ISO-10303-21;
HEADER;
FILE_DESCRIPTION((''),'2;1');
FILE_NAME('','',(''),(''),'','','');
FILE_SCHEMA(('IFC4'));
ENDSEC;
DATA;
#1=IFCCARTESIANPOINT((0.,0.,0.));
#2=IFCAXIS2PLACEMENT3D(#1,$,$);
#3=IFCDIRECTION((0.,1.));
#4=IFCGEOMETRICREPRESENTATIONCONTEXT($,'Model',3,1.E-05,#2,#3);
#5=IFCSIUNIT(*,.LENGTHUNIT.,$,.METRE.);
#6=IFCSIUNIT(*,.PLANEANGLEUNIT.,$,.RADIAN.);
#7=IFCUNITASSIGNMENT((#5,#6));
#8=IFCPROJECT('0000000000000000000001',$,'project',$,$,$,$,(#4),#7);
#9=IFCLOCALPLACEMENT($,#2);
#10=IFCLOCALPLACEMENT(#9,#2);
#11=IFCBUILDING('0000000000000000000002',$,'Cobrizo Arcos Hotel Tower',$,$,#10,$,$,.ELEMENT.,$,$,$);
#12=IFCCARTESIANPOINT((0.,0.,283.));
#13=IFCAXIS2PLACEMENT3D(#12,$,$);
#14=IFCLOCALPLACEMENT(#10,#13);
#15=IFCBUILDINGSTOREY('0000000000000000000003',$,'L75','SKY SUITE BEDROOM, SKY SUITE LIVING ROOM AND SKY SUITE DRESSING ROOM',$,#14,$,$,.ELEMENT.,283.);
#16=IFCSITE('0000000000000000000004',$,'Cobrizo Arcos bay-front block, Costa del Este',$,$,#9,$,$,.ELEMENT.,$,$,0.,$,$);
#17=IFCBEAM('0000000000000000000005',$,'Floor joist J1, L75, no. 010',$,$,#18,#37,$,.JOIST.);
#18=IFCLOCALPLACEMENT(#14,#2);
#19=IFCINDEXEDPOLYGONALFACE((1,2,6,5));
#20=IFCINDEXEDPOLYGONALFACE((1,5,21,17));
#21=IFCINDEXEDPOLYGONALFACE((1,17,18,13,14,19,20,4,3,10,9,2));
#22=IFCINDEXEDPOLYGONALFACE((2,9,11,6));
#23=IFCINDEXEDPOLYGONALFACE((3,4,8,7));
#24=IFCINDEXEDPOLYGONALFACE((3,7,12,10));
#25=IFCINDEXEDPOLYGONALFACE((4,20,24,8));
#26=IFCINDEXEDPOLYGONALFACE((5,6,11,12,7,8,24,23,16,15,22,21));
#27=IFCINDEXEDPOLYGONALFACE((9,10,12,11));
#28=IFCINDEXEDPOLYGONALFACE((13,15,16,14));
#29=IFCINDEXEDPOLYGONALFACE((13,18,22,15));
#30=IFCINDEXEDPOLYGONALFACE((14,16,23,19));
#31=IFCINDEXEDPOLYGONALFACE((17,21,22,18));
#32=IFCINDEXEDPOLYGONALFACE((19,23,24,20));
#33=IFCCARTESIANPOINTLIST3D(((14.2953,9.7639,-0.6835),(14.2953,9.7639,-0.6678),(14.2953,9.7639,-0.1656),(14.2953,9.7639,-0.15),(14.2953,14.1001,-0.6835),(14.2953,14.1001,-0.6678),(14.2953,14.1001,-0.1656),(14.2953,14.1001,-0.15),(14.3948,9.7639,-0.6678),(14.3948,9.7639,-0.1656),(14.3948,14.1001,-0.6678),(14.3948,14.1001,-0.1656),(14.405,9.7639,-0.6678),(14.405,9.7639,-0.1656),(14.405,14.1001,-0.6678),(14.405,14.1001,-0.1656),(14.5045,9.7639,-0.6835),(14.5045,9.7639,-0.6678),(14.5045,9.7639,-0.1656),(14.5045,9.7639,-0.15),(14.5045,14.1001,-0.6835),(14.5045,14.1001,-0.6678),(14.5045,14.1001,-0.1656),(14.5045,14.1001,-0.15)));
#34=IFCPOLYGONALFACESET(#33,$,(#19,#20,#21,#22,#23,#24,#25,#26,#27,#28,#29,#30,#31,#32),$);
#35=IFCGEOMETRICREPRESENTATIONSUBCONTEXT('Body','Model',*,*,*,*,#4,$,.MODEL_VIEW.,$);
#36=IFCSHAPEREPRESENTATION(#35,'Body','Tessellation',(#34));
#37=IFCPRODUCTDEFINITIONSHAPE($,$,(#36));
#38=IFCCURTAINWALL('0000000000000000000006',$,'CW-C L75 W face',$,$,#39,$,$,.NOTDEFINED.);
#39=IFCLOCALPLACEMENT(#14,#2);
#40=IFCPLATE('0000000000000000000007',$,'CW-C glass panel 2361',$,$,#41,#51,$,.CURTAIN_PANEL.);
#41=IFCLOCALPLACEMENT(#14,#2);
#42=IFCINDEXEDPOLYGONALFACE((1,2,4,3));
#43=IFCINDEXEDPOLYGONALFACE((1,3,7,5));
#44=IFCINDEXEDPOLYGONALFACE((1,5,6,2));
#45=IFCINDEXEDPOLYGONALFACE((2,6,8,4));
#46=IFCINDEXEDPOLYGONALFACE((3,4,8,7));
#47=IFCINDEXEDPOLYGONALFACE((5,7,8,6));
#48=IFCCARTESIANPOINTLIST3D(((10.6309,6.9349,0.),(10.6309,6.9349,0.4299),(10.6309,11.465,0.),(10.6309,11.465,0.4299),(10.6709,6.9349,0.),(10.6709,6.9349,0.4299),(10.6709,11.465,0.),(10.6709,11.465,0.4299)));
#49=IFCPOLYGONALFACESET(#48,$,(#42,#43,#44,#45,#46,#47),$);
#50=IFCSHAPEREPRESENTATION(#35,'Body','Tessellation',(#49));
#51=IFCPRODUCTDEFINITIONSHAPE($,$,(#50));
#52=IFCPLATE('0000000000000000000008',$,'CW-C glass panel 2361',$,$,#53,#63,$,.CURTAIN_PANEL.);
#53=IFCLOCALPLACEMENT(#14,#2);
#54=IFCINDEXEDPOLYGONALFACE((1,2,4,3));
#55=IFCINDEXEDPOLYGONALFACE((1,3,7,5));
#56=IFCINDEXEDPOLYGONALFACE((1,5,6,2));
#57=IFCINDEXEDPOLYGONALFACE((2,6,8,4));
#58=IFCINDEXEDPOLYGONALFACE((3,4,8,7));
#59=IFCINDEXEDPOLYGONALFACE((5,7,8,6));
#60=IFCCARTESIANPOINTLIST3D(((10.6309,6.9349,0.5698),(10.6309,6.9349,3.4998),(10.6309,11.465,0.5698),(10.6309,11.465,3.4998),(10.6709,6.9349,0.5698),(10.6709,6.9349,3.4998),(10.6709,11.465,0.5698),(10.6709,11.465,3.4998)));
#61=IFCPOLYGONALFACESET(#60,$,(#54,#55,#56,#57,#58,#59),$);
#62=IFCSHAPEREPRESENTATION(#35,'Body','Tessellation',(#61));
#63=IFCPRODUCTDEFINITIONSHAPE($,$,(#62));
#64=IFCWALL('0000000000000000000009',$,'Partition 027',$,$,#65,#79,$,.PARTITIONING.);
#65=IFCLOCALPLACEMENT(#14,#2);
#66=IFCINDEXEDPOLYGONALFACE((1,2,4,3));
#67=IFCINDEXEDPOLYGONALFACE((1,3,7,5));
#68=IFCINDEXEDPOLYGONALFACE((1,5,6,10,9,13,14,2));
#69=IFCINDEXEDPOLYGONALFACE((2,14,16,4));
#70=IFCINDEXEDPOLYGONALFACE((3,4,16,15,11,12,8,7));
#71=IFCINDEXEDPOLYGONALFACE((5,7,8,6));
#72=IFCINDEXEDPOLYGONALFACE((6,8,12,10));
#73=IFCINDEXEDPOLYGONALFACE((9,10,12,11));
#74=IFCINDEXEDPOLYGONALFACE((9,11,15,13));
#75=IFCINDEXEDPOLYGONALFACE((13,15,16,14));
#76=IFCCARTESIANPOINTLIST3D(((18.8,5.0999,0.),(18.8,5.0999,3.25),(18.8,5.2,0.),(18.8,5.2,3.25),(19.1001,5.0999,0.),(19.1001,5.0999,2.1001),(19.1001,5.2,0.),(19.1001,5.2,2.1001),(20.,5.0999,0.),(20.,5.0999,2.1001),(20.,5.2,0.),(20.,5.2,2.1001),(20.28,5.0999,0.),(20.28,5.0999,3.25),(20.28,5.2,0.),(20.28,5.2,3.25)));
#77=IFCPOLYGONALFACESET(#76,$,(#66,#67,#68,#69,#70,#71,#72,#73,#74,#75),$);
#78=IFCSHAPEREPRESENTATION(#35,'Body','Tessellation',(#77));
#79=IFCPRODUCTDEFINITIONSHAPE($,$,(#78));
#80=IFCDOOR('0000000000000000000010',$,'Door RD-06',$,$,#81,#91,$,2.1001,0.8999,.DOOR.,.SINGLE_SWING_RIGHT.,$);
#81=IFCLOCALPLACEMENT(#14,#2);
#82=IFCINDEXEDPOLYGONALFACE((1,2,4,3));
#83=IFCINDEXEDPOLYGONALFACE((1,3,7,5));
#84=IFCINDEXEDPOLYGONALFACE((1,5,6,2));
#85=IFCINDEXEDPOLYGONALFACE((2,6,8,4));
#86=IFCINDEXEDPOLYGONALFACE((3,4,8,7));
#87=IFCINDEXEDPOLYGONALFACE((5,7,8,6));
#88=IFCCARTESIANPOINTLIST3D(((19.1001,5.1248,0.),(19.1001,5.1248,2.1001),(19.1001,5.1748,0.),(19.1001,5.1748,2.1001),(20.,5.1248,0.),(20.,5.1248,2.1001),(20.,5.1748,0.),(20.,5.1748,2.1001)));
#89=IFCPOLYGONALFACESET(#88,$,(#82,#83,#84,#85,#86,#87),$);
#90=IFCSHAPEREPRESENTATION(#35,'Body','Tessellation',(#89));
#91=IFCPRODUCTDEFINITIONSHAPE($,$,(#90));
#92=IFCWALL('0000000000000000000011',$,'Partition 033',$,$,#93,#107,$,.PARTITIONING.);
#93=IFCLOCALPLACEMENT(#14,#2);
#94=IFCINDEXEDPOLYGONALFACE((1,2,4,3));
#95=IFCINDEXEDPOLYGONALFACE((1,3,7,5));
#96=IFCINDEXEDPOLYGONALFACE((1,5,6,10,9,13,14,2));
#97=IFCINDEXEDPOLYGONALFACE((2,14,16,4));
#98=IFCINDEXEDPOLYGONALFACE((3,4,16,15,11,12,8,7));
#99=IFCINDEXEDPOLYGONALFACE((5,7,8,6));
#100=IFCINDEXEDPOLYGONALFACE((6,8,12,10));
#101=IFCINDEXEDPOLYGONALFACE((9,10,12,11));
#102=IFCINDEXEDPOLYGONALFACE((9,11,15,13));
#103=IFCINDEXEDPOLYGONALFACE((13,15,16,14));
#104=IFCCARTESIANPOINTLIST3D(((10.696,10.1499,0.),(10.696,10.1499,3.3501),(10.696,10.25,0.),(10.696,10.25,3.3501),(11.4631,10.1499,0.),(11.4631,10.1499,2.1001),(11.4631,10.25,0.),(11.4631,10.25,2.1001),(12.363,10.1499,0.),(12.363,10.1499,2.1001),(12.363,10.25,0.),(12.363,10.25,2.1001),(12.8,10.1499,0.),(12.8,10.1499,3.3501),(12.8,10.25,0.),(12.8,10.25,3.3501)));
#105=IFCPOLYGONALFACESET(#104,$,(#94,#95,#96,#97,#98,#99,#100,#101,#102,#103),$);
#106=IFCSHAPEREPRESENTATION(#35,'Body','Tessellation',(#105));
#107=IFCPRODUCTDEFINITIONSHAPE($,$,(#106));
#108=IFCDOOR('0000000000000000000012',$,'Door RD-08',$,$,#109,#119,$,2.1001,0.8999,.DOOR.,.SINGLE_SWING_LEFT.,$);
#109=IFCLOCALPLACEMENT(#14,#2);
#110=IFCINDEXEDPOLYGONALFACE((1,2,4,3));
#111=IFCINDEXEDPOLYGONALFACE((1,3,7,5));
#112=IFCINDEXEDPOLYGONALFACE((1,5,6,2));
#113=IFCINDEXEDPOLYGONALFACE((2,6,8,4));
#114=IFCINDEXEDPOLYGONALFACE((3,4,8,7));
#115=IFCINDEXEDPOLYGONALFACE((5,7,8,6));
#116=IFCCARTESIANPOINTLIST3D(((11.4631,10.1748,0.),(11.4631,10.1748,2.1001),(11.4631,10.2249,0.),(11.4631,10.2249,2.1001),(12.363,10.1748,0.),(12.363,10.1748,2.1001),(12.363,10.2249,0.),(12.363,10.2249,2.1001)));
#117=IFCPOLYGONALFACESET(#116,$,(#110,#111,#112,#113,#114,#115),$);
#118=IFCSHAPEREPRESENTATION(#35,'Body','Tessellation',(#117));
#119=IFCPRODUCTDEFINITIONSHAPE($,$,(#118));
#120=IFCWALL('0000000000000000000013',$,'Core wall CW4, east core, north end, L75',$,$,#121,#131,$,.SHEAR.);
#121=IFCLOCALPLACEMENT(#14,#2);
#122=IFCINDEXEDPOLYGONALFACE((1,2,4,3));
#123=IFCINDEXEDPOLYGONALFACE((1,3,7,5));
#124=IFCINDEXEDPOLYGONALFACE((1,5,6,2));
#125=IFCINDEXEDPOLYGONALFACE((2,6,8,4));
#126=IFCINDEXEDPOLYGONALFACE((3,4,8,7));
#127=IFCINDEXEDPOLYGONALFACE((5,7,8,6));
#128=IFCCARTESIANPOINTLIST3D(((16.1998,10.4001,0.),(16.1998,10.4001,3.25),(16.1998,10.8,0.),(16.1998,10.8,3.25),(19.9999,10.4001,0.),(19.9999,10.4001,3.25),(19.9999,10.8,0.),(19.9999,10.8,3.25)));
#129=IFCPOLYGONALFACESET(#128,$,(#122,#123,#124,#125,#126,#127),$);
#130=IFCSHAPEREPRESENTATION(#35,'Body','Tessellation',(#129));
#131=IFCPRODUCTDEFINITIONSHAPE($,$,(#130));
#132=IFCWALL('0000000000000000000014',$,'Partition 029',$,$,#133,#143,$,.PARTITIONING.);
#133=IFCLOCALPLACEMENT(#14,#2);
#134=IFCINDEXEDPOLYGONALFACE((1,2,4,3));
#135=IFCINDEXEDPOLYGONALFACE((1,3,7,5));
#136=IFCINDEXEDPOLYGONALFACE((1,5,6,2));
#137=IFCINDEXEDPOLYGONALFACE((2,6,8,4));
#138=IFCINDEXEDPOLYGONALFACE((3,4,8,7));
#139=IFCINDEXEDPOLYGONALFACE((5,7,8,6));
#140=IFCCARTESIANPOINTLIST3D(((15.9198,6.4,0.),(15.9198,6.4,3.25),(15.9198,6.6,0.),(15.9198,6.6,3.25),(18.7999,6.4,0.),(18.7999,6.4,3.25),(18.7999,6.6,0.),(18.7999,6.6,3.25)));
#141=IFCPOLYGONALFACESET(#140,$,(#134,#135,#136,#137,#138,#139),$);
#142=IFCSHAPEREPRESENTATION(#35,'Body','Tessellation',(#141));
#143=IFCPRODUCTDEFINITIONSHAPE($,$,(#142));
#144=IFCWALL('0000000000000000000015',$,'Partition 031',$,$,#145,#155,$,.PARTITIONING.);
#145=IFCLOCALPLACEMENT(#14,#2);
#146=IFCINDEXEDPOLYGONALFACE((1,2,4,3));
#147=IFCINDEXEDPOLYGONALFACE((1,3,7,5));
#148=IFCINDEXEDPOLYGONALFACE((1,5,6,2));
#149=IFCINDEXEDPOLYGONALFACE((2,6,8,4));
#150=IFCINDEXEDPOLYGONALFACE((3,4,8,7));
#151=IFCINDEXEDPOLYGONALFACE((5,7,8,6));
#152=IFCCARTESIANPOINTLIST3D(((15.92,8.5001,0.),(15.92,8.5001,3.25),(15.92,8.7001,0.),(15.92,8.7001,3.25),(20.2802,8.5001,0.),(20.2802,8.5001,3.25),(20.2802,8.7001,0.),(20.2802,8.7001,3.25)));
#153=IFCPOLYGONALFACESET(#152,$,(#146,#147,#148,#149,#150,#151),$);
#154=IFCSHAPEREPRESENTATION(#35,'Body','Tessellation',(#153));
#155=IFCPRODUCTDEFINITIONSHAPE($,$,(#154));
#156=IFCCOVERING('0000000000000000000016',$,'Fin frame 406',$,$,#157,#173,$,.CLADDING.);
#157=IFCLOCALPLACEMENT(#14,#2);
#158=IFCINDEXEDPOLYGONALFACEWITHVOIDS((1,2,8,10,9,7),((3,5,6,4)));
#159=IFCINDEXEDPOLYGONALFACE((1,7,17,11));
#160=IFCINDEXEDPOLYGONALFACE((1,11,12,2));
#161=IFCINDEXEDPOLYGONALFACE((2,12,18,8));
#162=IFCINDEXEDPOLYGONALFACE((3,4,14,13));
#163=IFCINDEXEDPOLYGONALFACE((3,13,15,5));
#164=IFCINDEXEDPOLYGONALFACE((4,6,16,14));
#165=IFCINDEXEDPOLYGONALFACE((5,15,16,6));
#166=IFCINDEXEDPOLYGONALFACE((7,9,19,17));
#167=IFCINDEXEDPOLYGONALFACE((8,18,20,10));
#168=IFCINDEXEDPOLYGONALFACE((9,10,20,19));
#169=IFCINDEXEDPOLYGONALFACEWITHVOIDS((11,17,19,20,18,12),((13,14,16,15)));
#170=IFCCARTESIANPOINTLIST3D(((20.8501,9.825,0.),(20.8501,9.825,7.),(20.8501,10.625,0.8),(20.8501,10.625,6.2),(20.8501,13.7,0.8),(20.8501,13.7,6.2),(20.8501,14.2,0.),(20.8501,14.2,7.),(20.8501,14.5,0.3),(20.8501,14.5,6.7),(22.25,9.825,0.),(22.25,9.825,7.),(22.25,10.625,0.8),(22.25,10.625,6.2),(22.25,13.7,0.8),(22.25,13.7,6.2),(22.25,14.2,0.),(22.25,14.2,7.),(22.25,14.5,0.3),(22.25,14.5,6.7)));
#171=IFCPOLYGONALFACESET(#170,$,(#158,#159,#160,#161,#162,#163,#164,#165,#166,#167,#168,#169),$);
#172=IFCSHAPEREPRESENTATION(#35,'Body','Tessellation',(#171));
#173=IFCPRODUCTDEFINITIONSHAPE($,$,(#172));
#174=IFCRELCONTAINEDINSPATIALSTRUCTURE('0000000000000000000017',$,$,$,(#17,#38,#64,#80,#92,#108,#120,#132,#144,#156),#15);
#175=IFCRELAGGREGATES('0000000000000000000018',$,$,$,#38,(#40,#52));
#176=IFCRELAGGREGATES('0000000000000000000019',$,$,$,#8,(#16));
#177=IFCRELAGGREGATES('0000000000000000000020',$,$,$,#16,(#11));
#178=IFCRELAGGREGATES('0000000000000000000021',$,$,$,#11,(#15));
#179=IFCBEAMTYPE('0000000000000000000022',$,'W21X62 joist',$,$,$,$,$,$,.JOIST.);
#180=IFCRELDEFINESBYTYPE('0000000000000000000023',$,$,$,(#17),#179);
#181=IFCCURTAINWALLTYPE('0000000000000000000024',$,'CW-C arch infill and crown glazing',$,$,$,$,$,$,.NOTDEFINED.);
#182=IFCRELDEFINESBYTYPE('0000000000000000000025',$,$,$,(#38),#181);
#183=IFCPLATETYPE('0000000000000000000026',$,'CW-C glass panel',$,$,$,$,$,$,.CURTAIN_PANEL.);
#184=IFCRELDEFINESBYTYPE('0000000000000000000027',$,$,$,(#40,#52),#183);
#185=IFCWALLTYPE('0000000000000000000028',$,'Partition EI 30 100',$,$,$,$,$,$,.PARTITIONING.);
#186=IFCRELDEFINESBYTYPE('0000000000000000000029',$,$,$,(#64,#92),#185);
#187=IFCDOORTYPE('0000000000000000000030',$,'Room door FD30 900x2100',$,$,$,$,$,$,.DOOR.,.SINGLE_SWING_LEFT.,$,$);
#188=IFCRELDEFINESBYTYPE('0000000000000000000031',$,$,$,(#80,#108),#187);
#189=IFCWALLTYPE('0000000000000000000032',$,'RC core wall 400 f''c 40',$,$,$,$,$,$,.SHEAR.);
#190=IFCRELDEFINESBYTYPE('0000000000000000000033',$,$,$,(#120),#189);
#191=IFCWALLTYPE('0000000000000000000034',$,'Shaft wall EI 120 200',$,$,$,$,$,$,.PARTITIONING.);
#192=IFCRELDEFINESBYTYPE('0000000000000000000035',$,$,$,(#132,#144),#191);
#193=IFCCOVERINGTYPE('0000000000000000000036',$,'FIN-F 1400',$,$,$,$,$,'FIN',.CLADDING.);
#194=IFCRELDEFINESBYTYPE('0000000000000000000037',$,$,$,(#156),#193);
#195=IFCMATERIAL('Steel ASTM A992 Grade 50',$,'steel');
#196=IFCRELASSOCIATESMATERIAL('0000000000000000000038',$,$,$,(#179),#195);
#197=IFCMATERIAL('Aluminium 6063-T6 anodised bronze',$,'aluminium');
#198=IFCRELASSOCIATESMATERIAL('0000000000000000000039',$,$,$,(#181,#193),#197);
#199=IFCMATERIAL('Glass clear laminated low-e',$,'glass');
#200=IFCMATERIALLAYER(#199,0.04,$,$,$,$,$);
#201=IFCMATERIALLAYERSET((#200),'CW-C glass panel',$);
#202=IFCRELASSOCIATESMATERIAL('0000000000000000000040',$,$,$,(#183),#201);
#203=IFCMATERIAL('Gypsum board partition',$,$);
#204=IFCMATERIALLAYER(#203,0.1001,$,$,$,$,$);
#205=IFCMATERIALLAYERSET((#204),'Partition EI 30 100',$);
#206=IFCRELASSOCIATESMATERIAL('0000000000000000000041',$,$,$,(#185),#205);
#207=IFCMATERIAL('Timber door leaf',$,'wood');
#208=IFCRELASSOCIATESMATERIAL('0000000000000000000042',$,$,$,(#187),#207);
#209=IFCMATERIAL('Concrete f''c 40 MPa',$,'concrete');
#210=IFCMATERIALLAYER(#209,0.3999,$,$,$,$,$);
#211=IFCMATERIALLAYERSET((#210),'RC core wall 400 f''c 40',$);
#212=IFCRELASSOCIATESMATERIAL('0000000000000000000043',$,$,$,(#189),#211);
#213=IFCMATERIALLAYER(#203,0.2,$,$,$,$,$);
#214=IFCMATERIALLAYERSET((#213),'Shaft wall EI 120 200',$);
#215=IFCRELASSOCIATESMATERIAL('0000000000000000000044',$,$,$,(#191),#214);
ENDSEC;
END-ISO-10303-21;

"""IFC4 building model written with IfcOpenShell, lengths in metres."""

from ifc_helpers import new_model, si_unit, direction, frame, frame_2d, origin, origin_2d, place, context, subcontext, project, spatial, polyline, rectangle, i_section, outline, extrude, material, layer, layer_set, material_profile, profile_set, type_object, element, fill, aggregate, save


model = new_model("IFC4")

# Units and contexts
model_context = context("Model", 3, precision=1e-05, world=origin(), true_north=direction((0.0, 1.0)))
body_context = subcontext(model_context, "Body", "Model", "MODEL_VIEW")
ifc_project = project(units=[si_unit("LENGTHUNIT", "METRE"), si_unit("PLANEANGLEUNIT", "RADIAN")], contexts=[model_context])

# Site, building, storey
site_placement = place(None, origin())
site = spatial("IfcSite", under=ifc_project, at=site_placement, Name="Cobrizo Arcos bay-front block, Costa del Este", CompositionType="ELEMENT", RefElevation=0.0)
building_placement = place(site_placement, origin())
building = spatial("IfcBuilding", under=site, at=building_placement, Name="Cobrizo Arcos Hotel Tower", CompositionType="ELEMENT")
storey_placement = place(building_placement, frame((0.0, 0.0, 283.0)))
storey = spatial("IfcBuildingStorey", under=building, at=storey_placement, Name="L75", Description="SKY SUITE BEDROOM, SKY SUITE LIVING ROOM AND SKY SUITE DRESSING ROOM", CompositionType="ELEMENT", Elevation=283.0)

# Beam
ifc_material_1 = material(Name="Steel ASTM A992 Grade 50", Category="steel")
ifc_material_profile = material_profile(ifc_material_1, i_section(OverallWidth=0.2092, OverallDepth=0.5334, WebThickness=0.0103, FlangeThickness=0.0156, at=origin_2d()), Name="W21X62")
ifc_profile_set = profile_set([ifc_material_profile], Name="Steel ASTM A992 Grade 50")
beam_type = type_object("IfcBeamType", Name="W21X62 joist", PredefinedType="JOIST", material=ifc_profile_set)
beam_placement = place(storey_placement, frame((14.3999, 9.7639, -0.4167), z_axis=(0.0, 1.0, 0.0), x_axis=(-1.0, 0.0, 0.0)))
element("IfcBeam", 1, at=beam_placement, inside=storey, type_object=beam_type, Name="Floor joist J1, L75, no. 010", PredefinedType="JOIST", context=body_context, shape_type="SweptSolid", body=[
    extrude(i_section(OverallWidth=0.2092, OverallDepth=0.5334, WebThickness=0.0103, FlangeThickness=0.0156, at=origin_2d()), origin(), (0.0, 0.0, 1.0), 4.3362),
])

# Curtain wall, plates
ifc_material_2 = material(Name="Aluminium 6063-T6 anodised bronze", Category="aluminium")
curtain_wall_type = type_object("IfcCurtainWallType", Name="CW-C arch infill and crown glazing", PredefinedType="NOTDEFINED", material=ifc_material_2)
curtain_wall_placement = place(storey_placement, origin())
curtain_wall = element("IfcCurtainWall", 2, at=curtain_wall_placement, inside=storey, type_object=curtain_wall_type, Name="CW-C L75 W face", PredefinedType="NOTDEFINED")
ifc_material_3 = material(Name="Glass clear laminated low-e", Category="glass")
ifc_layer_1 = layer(ifc_material_3, 0.04)
ifc_layer_set_1 = layer_set([ifc_layer_1], Name="CW-C glass panel")
plate_type = type_object("IfcPlateType", Name="CW-C glass panel", PredefinedType="CURTAIN_PANEL", material=ifc_layer_set_1)
plate_1_placement = place(storey_placement, frame((10.6509, 9.2, 0.0), z_axis=(0.0, 0.0, 1.0), x_axis=(0.0, -1.0, 0.0)))
plate_1 = element("IfcPlate", 3, at=plate_1_placement, type_object=plate_type, Name="CW-C glass panel 2361", PredefinedType="CURTAIN_PANEL", context=body_context, shape_type="SweptSolid", body=[
    extrude(rectangle(XDim=4.53, YDim=0.04, at=origin_2d()), origin(), (0.0, 0.0, 1.0), 0.4299),
])
plate_2_placement = place(storey_placement, frame((10.6509, 9.2, 0.5698), z_axis=(0.0, 0.0, 1.0), x_axis=(0.0, -1.0, 0.0)))
plate_2 = element("IfcPlate", 4, at=plate_2_placement, type_object=plate_type, Name="CW-C glass panel 2361", PredefinedType="CURTAIN_PANEL", context=body_context, shape_type="SweptSolid", body=[
    extrude(rectangle(XDim=4.53, YDim=0.04, at=origin_2d()), origin(), (0.0, 0.0, 1.0), 2.9299),
])
aggregate(curtain_wall, [plate_1, plate_2])

# Walls, openings, doors
ifc_material_4 = material(Name="Gypsum board partition")
ifc_layer_2 = layer(ifc_material_4, 0.1001)
ifc_layer_set_2 = layer_set([ifc_layer_2], Name="Partition EI 30 100")
wall_type_1 = type_object("IfcWallType", Name="Partition EI 30 100", PredefinedType="PARTITIONING", material=ifc_layer_set_2)
wall_1_placement = place(storey_placement, frame((18.8, 5.1499, 0.0), z_axis=(0.0, 0.0, 1.0), x_axis=(1.0, 0.0, 0.0)))
wall_1 = element("IfcWall", 5, at=wall_1_placement, inside=storey, type_object=wall_type_1, Name="Partition 027", PredefinedType="PARTITIONING", context=body_context, shape_type="SweptSolid", body=[
    extrude(rectangle(XDim=1.48, YDim=0.1001, at=frame_2d((0.74, 0.0))), origin(), (0.0, 0.0, 1.0), 3.25),
])
opening_1_placement = place(wall_1_placement, frame((0.3, 0.0, 0.0)))
opening_1 = element("IfcOpeningElement", 6, at=opening_1_placement, cuts=wall_1, PredefinedType="OPENING", context=body_context, shape_type="SweptSolid", body=[
    extrude(rectangle(XDim=0.8999, YDim=2.1001, at=frame_2d((0.45, 1.05))), frame((0.0, 0.062, 0.0), z_axis=(0.0, -1.0, 0.0), x_axis=(1.0, 0.0, 0.0)), (0.0, 0.0, 1.0), 0.124),
])
ifc_material_5 = material(Name="Timber door leaf", Category="wood")
door_type = type_object("IfcDoorType", Name="Room door FD30 900x2100", OperationType="SINGLE_SWING_LEFT", PredefinedType="DOOR", material=ifc_material_5)
door_1_placement = place(opening_1_placement, origin())
door_1 = element("IfcDoor", 7, at=door_1_placement, inside=storey, type_object=door_type, Name="Door RD-06", OperationType="SINGLE_SWING_RIGHT", OverallHeight=2.1001, OverallWidth=0.8999, PredefinedType="DOOR", context=body_context, shape_type="SweptSolid", body=[
    extrude(rectangle(XDim=0.8999, YDim=2.1001, at=frame_2d((0.45, 1.05))), frame((0.0, 0.0249, 0.0), z_axis=(0.0, -1.0, 0.0), x_axis=(1.0, 0.0, 0.0)), (0.0, 0.0, 1.0), 0.05),
])
fill(opening_1, door_1)
wall_2_placement = place(storey_placement, frame((10.696, 10.2, 0.0), z_axis=(0.0, 0.0, 1.0), x_axis=(1.0, 0.0, 0.0)))
wall_2 = element("IfcWall", 8, at=wall_2_placement, inside=storey, type_object=wall_type_1, Name="Partition 033", PredefinedType="PARTITIONING", context=body_context, shape_type="SweptSolid", body=[
    extrude(rectangle(XDim=2.104, YDim=0.1001, at=frame_2d((1.052, 0.0))), origin(), (0.0, 0.0, 1.0), 3.3501),
])
opening_2_placement = place(wall_2_placement, frame((0.7671, 0.0, 0.0)))
opening_2 = element("IfcOpeningElement", 9, at=opening_2_placement, cuts=wall_2, PredefinedType="OPENING", context=body_context, shape_type="SweptSolid", body=[
    extrude(rectangle(XDim=0.8999, YDim=2.1001, at=frame_2d((0.45, 1.05))), frame((0.0, 0.062, 0.0), z_axis=(0.0, -1.0, 0.0), x_axis=(1.0, 0.0, 0.0)), (0.0, 0.0, 1.0), 0.124),
])
door_2_placement = place(opening_2_placement, origin())
door_2 = element("IfcDoor", 10, at=door_2_placement, inside=storey, type_object=door_type, Name="Door RD-08", OperationType="SINGLE_SWING_LEFT", OverallHeight=2.1001, OverallWidth=0.8999, PredefinedType="DOOR", context=body_context, shape_type="SweptSolid", body=[
    extrude(rectangle(XDim=0.8999, YDim=2.1001, at=frame_2d((0.45, 1.05))), frame((0.0, 0.0249, 0.0), z_axis=(0.0, -1.0, 0.0), x_axis=(1.0, 0.0, 0.0)), (0.0, 0.0, 1.0), 0.05),
])
fill(opening_2, door_2)

# Walls
ifc_material_6 = material(Name="Concrete f'c 40 MPa", Category="concrete")
ifc_layer_3 = layer(ifc_material_6, 0.3999)
ifc_layer_set_3 = layer_set([ifc_layer_3], Name="RC core wall 400 f'c 40")
wall_type_2 = type_object("IfcWallType", Name="RC core wall 400 f'c 40", PredefinedType="SHEAR", material=ifc_layer_set_3)
wall_3_placement = place(storey_placement, frame((16.2, 10.6001, 0.0), z_axis=(0.0, 0.0, 1.0), x_axis=(1.0, 0.0, 0.0)))
element("IfcWall", 11, at=wall_3_placement, inside=storey, type_object=wall_type_2, Name="Core wall CW4, east core, north end, L75", PredefinedType="SHEAR", context=body_context, shape_type="SweptSolid", body=[
    extrude(rectangle(XDim=3.8, YDim=0.3999, at=frame_2d((1.8999, 0.0))), origin(), (0.0, 0.0, 1.0), 3.25),
])
ifc_layer_4 = layer(ifc_material_4, 0.2)
ifc_layer_set_4 = layer_set([ifc_layer_4], Name="Shaft wall EI 120 200")
wall_type_3 = type_object("IfcWallType", Name="Shaft wall EI 120 200", PredefinedType="PARTITIONING", material=ifc_layer_set_4)
wall_4_placement = place(storey_placement, frame((15.9199, 6.5, 0.0), z_axis=(0.0, 0.0, 1.0), x_axis=(1.0, 0.0, 0.0)))
element("IfcWall", 12, at=wall_4_placement, inside=storey, type_object=wall_type_3, Name="Partition 029", PredefinedType="PARTITIONING", context=body_context, shape_type="SweptSolid", body=[
    extrude(rectangle(XDim=2.8801, YDim=0.2, at=frame_2d((1.4399, 0.0))), origin(), (0.0, 0.0, 1.0), 3.25),
])
wall_5_placement = place(storey_placement, frame((15.9199, 8.6001, 0.0), z_axis=(0.0, 0.0, 1.0), x_axis=(1.0, 0.0, 0.0)))
element("IfcWall", 13, at=wall_5_placement, inside=storey, type_object=wall_type_3, Name="Partition 031", PredefinedType="PARTITIONING", context=body_context, shape_type="SweptSolid", body=[
    extrude(rectangle(XDim=4.3601, YDim=0.2, at=frame_2d((2.1802, 0.0))), origin(), (0.0, 0.0, 1.0), 3.25),
])

# Covering
covering_type_1 = type_object("IfcCoveringType", Name="FIN-F 1400", ElementType="FIN", PredefinedType="CLADDING", material=ifc_material_2)
covering_placement = place(storey_placement, frame((20.8501, 9.825, 0.0), z_axis=(1.0, 0.0, 0.0), x_axis=(0.0, 1.0, 0.0)))
element("IfcCovering", 14, at=covering_placement, inside=storey, type_object=covering_type_1, Name="Fin frame 406", PredefinedType="CLADDING", context=body_context, shape_type="SweptSolid", body=[
    extrude(outline(polyline([(0.0, 7.0), (0.0, 0.0), (4.375, 0.0), (4.675, 0.3), (4.675, 6.7), (4.375, 7.0), (0.0, 7.0)]), holes=[polyline([(3.875, 0.8), (0.8, 0.8), (0.8, 6.2), (3.875, 6.2), (3.875, 0.8)])]), origin(), (0.0, 0.0, 1.0), 1.3999),
])

save(model, "model.ifc")
